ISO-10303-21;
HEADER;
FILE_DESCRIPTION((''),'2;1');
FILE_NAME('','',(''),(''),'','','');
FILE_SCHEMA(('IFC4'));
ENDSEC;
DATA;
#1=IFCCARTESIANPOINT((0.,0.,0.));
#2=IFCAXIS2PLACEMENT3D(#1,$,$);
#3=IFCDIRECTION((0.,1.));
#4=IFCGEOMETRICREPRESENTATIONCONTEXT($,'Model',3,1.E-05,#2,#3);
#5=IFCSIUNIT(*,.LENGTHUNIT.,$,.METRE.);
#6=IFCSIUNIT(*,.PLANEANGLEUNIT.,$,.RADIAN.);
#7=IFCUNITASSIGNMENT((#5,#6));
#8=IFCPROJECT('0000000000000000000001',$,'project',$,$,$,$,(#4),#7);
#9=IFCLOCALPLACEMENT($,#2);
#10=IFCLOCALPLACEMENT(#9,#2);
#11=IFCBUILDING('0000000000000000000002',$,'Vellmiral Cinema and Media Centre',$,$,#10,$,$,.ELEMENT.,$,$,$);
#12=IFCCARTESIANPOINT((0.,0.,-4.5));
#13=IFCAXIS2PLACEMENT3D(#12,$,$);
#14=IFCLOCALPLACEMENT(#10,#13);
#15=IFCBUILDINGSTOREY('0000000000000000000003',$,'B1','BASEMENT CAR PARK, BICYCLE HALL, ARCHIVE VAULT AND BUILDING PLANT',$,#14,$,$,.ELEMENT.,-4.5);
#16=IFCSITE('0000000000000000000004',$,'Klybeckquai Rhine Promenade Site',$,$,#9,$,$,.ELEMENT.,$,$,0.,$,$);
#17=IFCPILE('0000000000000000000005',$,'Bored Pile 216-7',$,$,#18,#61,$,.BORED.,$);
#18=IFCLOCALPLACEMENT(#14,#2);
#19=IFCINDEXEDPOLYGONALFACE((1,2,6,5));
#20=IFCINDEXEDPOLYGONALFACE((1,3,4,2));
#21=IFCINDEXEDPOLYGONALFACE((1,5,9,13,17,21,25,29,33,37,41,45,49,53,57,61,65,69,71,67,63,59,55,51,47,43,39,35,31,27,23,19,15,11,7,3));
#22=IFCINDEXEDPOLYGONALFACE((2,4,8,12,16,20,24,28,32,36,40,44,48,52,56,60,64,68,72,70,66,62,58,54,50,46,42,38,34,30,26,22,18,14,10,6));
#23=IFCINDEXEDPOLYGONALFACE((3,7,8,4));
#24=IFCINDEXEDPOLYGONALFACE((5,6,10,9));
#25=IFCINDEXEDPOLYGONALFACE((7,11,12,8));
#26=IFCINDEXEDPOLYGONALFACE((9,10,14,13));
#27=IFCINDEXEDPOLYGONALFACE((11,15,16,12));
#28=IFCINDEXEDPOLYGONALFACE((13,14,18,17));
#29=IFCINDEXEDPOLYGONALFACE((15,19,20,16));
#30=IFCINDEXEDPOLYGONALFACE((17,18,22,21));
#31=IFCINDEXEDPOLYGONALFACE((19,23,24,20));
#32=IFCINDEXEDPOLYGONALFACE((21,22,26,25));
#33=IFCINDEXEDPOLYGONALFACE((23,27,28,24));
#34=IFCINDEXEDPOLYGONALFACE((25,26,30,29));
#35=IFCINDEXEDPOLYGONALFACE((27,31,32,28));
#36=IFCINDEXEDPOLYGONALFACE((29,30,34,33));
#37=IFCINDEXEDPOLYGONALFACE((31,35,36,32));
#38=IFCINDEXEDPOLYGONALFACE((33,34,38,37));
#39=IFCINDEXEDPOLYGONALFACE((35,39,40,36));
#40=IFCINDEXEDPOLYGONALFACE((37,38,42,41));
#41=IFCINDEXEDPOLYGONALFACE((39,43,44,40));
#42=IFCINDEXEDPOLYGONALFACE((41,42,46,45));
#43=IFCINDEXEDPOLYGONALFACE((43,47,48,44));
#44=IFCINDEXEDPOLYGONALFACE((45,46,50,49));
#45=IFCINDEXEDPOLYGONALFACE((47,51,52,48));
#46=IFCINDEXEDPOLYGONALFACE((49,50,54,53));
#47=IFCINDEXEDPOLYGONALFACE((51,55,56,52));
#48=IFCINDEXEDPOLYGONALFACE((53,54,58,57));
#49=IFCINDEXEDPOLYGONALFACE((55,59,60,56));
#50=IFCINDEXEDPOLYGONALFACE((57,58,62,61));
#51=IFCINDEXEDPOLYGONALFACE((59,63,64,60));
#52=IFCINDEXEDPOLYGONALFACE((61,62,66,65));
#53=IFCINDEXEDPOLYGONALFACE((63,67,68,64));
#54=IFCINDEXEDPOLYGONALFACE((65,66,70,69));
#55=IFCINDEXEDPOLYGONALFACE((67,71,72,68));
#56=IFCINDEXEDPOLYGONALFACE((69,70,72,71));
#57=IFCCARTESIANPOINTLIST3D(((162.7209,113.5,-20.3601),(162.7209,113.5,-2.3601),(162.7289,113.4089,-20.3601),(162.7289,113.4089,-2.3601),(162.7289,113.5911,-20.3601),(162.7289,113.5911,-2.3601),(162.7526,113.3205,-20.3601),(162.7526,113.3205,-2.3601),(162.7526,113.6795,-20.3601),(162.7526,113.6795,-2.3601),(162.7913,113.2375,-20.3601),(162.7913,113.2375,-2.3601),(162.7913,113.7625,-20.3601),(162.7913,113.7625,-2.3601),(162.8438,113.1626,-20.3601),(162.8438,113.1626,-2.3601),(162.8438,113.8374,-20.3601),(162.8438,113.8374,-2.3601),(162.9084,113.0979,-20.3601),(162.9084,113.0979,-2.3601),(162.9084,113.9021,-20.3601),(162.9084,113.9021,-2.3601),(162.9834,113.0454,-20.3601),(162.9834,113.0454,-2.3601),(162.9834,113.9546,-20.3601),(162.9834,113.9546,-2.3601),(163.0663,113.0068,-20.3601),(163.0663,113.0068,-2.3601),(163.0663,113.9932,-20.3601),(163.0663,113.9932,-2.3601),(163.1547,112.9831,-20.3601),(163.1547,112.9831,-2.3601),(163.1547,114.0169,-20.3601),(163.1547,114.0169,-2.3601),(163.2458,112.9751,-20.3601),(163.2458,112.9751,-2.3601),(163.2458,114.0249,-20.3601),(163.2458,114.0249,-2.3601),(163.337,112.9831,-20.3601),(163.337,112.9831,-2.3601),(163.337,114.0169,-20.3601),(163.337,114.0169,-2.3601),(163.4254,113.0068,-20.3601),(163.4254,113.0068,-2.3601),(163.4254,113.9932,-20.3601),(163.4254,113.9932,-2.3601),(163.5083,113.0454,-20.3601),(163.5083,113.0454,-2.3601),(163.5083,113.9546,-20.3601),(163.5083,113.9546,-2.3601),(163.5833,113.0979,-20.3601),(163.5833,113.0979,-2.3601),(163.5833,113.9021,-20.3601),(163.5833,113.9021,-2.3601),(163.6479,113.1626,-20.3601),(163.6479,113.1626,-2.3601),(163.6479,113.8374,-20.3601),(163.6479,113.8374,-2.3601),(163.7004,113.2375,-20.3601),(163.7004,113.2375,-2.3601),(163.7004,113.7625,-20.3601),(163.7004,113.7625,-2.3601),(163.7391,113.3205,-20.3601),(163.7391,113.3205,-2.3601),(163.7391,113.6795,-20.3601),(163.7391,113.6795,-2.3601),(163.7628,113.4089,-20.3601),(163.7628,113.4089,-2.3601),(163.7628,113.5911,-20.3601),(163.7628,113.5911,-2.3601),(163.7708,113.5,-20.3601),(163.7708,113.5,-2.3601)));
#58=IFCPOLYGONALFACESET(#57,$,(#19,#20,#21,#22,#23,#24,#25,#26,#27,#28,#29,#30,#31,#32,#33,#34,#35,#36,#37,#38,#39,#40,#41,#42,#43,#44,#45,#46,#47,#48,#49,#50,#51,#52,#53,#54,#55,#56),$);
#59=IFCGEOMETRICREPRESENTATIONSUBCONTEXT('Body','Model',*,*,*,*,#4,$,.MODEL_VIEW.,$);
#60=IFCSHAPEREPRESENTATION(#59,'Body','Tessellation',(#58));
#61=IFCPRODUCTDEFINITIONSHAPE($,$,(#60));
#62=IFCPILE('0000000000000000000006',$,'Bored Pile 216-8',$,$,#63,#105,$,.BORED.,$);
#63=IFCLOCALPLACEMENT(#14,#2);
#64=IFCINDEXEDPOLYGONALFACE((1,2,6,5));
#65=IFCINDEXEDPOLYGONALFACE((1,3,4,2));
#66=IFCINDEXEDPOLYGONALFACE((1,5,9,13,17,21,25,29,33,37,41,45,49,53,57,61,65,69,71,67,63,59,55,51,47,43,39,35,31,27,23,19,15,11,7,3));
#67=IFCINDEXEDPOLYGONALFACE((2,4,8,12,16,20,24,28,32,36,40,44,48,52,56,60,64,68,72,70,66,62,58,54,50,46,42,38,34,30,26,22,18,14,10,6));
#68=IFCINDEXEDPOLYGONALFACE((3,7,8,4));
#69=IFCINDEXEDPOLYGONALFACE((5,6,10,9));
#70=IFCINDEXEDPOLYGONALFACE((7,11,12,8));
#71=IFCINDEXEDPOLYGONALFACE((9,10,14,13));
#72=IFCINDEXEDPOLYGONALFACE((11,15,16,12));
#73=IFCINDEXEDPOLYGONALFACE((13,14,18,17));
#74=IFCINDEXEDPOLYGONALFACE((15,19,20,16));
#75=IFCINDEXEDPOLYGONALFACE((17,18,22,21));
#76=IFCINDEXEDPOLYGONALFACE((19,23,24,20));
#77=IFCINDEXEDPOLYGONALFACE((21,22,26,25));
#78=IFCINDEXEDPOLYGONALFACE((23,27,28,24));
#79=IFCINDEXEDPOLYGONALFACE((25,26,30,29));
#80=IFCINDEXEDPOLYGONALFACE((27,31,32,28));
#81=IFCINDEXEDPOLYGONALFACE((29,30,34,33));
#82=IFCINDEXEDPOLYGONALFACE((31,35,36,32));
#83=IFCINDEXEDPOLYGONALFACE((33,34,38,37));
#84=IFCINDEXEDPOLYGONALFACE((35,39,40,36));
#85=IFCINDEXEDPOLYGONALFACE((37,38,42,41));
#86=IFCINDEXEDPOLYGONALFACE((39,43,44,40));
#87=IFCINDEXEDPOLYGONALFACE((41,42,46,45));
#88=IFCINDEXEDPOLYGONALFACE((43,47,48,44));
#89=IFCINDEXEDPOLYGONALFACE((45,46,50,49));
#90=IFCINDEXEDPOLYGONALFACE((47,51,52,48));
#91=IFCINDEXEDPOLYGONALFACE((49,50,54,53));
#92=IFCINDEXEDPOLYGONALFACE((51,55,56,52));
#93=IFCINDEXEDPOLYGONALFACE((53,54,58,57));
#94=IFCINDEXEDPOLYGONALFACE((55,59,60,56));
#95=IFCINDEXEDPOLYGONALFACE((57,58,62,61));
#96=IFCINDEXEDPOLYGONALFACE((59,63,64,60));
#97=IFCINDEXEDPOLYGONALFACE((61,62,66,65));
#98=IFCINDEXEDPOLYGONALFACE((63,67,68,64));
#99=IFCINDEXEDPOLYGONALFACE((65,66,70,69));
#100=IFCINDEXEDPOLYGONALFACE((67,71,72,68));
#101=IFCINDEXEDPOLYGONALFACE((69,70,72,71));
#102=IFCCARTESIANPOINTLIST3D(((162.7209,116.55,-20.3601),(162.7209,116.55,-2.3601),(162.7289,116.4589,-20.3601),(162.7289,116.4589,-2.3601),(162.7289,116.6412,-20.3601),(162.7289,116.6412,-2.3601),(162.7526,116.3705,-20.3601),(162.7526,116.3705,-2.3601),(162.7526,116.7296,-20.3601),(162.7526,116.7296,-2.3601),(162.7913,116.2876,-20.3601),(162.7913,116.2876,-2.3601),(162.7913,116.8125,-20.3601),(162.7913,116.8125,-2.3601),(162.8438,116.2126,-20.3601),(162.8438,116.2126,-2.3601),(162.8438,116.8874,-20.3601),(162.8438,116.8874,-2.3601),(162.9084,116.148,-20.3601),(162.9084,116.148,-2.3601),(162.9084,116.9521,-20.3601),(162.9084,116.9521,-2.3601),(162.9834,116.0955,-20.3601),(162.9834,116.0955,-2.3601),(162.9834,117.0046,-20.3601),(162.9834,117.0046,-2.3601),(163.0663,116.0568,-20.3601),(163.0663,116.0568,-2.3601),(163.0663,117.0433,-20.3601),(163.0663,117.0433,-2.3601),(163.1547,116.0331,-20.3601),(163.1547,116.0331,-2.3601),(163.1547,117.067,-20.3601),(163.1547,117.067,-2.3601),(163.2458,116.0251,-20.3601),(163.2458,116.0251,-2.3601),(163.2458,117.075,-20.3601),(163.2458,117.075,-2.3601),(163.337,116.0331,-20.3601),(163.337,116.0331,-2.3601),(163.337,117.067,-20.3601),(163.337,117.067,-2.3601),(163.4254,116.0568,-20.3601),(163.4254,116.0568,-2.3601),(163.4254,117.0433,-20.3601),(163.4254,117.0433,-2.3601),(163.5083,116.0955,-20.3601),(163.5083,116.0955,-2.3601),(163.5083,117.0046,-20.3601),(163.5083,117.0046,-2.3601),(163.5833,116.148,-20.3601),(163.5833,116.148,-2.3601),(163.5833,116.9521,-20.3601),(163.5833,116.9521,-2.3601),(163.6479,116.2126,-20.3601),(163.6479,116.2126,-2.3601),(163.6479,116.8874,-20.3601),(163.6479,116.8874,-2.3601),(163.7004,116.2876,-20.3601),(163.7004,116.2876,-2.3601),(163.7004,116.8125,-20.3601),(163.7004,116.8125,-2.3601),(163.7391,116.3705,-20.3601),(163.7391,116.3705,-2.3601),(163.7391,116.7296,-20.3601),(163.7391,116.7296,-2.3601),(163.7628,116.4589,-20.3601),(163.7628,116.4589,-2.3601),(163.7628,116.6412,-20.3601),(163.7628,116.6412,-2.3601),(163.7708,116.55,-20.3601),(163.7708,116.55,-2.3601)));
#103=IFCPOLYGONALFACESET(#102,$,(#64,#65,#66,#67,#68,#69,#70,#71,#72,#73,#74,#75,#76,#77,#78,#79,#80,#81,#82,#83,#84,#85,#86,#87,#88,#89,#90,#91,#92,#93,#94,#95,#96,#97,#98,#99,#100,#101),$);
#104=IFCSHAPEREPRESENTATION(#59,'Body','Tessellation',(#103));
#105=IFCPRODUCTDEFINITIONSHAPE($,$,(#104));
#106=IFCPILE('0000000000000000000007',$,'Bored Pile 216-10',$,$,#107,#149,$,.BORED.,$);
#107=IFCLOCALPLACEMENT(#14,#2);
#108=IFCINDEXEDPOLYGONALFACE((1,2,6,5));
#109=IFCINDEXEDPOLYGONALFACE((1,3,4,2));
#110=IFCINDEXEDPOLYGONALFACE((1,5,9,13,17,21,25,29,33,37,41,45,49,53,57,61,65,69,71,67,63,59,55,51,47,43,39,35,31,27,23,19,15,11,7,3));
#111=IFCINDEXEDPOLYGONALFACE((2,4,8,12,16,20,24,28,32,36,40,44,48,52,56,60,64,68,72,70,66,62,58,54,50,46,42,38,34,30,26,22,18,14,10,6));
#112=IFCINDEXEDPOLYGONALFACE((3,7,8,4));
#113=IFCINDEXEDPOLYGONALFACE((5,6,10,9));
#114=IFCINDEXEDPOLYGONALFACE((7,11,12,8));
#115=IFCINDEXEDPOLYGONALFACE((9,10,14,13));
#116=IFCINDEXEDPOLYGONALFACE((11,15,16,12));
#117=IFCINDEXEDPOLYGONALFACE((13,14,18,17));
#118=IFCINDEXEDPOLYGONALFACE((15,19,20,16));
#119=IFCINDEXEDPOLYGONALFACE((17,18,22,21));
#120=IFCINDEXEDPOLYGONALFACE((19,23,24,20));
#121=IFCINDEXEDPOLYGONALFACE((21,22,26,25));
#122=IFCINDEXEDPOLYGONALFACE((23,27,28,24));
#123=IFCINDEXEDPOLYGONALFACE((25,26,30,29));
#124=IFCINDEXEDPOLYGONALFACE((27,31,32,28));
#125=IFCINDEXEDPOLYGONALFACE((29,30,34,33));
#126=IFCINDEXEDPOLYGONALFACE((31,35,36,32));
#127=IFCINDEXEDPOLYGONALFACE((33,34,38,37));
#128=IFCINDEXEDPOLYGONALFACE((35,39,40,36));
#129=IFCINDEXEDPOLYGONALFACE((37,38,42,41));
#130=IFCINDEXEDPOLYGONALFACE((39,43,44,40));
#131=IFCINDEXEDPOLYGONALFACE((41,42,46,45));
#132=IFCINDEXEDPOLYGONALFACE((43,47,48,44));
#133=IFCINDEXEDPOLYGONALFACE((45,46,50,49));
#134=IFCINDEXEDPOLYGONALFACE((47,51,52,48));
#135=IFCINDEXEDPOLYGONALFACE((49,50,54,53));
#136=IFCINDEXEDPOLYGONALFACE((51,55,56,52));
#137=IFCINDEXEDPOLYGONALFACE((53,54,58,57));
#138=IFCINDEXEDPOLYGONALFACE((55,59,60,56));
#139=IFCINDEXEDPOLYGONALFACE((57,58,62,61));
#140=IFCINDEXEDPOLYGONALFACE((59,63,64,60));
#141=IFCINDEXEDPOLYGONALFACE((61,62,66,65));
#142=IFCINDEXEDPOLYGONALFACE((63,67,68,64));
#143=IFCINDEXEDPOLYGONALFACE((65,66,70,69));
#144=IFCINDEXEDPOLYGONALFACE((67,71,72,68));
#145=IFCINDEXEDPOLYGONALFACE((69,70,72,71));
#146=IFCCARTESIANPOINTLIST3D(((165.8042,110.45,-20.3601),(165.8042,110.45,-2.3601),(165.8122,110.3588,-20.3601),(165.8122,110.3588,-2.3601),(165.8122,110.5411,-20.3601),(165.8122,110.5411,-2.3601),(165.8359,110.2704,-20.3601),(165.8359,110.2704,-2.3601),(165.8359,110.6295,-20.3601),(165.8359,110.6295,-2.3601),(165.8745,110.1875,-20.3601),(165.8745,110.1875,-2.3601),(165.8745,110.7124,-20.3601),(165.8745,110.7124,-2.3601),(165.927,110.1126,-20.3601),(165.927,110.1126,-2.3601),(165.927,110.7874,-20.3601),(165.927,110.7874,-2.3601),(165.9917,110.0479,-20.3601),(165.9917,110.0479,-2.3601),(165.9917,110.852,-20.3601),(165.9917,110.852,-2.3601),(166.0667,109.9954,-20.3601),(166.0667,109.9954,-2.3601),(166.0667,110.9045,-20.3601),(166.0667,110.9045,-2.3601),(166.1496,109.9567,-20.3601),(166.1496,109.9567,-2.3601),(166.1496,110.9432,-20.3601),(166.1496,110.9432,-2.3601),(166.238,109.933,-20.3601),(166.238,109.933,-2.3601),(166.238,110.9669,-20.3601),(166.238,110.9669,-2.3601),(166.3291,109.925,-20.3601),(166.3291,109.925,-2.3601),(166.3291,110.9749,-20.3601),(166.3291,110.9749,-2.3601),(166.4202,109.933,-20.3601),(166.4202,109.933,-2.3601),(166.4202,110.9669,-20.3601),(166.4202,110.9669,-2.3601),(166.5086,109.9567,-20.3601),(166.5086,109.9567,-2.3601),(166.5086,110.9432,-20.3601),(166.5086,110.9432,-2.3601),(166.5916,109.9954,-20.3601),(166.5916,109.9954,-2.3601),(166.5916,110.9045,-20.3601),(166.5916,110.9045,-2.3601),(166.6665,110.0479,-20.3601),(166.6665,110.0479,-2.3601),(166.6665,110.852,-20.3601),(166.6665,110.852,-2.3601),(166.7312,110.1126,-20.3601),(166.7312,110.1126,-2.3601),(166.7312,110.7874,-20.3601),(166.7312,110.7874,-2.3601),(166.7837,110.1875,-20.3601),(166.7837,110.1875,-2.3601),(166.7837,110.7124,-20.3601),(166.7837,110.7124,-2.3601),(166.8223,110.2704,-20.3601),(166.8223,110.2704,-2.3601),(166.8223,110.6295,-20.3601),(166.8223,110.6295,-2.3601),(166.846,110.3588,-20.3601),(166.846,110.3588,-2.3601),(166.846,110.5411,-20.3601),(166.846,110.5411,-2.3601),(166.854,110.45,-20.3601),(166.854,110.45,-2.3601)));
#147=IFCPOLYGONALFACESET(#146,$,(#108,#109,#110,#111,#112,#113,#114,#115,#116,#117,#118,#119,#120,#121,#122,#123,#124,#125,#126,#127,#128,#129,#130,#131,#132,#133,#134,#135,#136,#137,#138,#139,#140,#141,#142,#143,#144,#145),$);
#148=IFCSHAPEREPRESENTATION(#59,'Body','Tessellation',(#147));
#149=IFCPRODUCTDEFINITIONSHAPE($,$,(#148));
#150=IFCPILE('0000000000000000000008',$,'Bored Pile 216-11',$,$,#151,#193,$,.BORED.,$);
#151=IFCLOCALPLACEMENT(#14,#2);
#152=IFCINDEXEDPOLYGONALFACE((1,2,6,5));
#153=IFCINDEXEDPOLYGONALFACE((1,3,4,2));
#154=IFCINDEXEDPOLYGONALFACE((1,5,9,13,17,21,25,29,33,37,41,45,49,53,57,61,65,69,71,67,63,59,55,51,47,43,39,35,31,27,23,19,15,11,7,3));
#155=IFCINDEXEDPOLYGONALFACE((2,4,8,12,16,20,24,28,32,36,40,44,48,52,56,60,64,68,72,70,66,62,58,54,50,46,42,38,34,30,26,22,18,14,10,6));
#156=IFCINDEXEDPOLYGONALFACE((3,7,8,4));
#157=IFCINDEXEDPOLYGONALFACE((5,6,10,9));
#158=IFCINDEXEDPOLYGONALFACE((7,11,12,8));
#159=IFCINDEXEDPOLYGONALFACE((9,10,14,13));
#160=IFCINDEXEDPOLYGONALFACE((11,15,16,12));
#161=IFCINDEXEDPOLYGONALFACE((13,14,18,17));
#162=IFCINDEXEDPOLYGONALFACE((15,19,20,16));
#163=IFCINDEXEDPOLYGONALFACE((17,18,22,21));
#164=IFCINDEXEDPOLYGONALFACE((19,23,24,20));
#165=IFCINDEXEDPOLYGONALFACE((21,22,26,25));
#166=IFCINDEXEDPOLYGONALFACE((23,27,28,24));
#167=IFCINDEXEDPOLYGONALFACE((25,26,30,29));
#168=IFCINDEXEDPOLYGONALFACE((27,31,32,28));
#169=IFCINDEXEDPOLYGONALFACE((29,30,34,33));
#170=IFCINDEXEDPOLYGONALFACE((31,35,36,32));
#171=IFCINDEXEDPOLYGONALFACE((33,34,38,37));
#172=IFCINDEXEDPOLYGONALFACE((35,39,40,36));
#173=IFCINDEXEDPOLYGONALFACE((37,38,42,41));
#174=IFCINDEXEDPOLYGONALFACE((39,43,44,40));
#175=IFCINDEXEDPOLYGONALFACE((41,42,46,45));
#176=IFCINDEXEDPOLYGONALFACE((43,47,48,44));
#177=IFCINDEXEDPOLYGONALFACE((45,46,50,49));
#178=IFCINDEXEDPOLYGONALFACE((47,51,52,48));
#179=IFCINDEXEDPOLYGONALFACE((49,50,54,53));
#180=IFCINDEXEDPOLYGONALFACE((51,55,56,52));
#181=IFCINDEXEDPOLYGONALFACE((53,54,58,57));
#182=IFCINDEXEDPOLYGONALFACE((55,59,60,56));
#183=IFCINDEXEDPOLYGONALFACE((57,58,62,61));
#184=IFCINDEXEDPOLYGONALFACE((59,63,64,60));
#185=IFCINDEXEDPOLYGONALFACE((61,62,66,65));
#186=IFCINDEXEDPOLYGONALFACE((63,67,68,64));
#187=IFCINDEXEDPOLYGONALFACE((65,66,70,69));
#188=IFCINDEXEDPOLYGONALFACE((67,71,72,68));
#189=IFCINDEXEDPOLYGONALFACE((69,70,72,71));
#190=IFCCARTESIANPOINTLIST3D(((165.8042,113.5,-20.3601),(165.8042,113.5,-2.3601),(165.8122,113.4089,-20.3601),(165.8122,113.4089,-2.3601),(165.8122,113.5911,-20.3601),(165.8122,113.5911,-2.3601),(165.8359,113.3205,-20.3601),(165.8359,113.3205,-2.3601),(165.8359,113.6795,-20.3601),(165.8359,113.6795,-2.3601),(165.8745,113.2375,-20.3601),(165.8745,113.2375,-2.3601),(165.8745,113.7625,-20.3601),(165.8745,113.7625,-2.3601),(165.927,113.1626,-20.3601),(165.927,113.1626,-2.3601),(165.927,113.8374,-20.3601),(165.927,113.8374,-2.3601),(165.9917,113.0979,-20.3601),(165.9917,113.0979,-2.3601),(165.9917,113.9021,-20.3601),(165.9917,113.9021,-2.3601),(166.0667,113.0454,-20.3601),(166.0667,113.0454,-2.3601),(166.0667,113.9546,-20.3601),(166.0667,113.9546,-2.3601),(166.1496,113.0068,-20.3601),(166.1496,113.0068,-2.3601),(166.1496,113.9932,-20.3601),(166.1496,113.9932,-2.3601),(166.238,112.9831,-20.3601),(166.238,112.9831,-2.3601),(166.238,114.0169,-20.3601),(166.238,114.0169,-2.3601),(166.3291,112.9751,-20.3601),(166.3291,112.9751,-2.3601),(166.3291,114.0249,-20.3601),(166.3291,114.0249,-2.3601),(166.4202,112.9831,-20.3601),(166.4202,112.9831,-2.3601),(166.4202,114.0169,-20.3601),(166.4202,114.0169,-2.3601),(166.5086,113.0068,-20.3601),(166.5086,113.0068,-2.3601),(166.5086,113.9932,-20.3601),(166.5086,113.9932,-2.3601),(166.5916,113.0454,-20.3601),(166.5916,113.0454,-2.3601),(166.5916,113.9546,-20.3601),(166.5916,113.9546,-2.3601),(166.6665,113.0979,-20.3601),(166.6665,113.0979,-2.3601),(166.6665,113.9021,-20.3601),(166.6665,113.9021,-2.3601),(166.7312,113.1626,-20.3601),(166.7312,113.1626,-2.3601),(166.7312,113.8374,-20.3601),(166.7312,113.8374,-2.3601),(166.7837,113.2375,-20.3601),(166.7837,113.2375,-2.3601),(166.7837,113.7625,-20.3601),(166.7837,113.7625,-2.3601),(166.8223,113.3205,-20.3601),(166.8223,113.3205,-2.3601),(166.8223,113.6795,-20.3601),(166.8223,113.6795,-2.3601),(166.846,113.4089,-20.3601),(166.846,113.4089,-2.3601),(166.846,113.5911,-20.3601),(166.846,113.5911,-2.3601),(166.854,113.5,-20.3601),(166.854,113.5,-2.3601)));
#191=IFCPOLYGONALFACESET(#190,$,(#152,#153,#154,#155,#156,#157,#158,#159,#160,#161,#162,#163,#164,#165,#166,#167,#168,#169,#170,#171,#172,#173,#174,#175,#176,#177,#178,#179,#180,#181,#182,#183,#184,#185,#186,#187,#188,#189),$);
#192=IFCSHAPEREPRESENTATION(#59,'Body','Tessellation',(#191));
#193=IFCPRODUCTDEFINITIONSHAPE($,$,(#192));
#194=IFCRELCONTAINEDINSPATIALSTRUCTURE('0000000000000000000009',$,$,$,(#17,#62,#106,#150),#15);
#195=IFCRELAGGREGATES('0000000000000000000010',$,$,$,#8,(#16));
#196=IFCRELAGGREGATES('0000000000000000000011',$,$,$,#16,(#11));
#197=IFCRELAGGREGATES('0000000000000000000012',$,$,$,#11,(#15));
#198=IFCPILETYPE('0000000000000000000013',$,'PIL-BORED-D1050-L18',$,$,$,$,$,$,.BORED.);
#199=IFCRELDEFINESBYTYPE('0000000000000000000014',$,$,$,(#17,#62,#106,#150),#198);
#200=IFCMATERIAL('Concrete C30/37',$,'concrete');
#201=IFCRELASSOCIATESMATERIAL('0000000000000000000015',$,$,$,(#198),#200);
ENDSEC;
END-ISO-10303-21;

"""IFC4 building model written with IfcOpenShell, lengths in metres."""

from ifc_helpers import new_model, si_unit, direction, frame, origin, origin_2d, place, context, subcontext, project, spatial, circle, extrude, material, material_profile, profile_set, type_object, element, save


model = new_model("IFC4")

# Units and contexts
model_context = context("Model", 3, precision=1e-05, world=origin(), true_north=direction((0.0, 1.0)))
body_context = subcontext(model_context, "Body", "Model", "MODEL_VIEW")
ifc_project = project(units=[si_unit("LENGTHUNIT", "METRE"), si_unit("PLANEANGLEUNIT", "RADIAN")], contexts=[model_context])

# Site, building, storey
site_placement = place(None, origin())
site = spatial("IfcSite", under=ifc_project, at=site_placement, Name="Klybeckquai Rhine Promenade Site", CompositionType="ELEMENT", RefElevation=0.0)
building_placement = place(site_placement, origin())
building = spatial("IfcBuilding", under=site, at=building_placement, Name="Vellmiral Cinema and Media Centre", CompositionType="ELEMENT")
storey_placement = place(building_placement, frame((0.0, 0.0, -4.5)))
storey = spatial("IfcBuildingStorey", under=building, at=storey_placement, Name="B1", Description="BASEMENT CAR PARK, BICYCLE HALL, ARCHIVE VAULT AND BUILDING PLANT", CompositionType="ELEMENT", Elevation=-4.5)

# Piles
ifc_material_1 = material(Name="Concrete C30/37", Category="concrete")
ifc_material_profile_1 = material_profile(ifc_material_1, circle(Radius=0.5249, at=origin_2d()), Name="PILE D1050")
ifc_profile_set_1 = profile_set([ifc_material_profile_1], Name="Concrete C30/37")
pile_type = type_object("IfcPileType", Name="PIL-BORED-D1050-L18", PredefinedType="BORED", material=ifc_profile_set_1)
for number, where, z_axis, x_axis, name in (
    (1, (163.2458, 113.5, -2.3601), (0.0, 0.0, -1.0), (1.0, 0.0, 0.0), "Bored Pile 216-7"),
    (2, (163.2458, 116.55, -2.3601), (0.0, 0.0, -1.0), (1.0, 0.0, 0.0), "Bored Pile 216-8"),
    (3, (166.3291, 110.45, -2.3601), (0.0, 0.0, -1.0), (1.0, 0.0, 0.0), "Bored Pile 216-10"),
    (4, (166.3291, 113.5, -2.3601), (0.0, 0.0, -1.0), (1.0, 0.0, 0.0), "Bored Pile 216-11"),
):
    element("IfcPile", number, at=place(storey_placement, frame(where, z_axis=z_axis, x_axis=x_axis)), inside=storey, type_object=pile_type, Name=name, PredefinedType="BORED", context=body_context, shape_type="SweptSolid", body=[
        extrude(circle(Radius=0.5249, at=origin_2d()), origin(), (0.0, 0.0, 1.0), 18.0),
    ])

save(model, "model.ifc")
